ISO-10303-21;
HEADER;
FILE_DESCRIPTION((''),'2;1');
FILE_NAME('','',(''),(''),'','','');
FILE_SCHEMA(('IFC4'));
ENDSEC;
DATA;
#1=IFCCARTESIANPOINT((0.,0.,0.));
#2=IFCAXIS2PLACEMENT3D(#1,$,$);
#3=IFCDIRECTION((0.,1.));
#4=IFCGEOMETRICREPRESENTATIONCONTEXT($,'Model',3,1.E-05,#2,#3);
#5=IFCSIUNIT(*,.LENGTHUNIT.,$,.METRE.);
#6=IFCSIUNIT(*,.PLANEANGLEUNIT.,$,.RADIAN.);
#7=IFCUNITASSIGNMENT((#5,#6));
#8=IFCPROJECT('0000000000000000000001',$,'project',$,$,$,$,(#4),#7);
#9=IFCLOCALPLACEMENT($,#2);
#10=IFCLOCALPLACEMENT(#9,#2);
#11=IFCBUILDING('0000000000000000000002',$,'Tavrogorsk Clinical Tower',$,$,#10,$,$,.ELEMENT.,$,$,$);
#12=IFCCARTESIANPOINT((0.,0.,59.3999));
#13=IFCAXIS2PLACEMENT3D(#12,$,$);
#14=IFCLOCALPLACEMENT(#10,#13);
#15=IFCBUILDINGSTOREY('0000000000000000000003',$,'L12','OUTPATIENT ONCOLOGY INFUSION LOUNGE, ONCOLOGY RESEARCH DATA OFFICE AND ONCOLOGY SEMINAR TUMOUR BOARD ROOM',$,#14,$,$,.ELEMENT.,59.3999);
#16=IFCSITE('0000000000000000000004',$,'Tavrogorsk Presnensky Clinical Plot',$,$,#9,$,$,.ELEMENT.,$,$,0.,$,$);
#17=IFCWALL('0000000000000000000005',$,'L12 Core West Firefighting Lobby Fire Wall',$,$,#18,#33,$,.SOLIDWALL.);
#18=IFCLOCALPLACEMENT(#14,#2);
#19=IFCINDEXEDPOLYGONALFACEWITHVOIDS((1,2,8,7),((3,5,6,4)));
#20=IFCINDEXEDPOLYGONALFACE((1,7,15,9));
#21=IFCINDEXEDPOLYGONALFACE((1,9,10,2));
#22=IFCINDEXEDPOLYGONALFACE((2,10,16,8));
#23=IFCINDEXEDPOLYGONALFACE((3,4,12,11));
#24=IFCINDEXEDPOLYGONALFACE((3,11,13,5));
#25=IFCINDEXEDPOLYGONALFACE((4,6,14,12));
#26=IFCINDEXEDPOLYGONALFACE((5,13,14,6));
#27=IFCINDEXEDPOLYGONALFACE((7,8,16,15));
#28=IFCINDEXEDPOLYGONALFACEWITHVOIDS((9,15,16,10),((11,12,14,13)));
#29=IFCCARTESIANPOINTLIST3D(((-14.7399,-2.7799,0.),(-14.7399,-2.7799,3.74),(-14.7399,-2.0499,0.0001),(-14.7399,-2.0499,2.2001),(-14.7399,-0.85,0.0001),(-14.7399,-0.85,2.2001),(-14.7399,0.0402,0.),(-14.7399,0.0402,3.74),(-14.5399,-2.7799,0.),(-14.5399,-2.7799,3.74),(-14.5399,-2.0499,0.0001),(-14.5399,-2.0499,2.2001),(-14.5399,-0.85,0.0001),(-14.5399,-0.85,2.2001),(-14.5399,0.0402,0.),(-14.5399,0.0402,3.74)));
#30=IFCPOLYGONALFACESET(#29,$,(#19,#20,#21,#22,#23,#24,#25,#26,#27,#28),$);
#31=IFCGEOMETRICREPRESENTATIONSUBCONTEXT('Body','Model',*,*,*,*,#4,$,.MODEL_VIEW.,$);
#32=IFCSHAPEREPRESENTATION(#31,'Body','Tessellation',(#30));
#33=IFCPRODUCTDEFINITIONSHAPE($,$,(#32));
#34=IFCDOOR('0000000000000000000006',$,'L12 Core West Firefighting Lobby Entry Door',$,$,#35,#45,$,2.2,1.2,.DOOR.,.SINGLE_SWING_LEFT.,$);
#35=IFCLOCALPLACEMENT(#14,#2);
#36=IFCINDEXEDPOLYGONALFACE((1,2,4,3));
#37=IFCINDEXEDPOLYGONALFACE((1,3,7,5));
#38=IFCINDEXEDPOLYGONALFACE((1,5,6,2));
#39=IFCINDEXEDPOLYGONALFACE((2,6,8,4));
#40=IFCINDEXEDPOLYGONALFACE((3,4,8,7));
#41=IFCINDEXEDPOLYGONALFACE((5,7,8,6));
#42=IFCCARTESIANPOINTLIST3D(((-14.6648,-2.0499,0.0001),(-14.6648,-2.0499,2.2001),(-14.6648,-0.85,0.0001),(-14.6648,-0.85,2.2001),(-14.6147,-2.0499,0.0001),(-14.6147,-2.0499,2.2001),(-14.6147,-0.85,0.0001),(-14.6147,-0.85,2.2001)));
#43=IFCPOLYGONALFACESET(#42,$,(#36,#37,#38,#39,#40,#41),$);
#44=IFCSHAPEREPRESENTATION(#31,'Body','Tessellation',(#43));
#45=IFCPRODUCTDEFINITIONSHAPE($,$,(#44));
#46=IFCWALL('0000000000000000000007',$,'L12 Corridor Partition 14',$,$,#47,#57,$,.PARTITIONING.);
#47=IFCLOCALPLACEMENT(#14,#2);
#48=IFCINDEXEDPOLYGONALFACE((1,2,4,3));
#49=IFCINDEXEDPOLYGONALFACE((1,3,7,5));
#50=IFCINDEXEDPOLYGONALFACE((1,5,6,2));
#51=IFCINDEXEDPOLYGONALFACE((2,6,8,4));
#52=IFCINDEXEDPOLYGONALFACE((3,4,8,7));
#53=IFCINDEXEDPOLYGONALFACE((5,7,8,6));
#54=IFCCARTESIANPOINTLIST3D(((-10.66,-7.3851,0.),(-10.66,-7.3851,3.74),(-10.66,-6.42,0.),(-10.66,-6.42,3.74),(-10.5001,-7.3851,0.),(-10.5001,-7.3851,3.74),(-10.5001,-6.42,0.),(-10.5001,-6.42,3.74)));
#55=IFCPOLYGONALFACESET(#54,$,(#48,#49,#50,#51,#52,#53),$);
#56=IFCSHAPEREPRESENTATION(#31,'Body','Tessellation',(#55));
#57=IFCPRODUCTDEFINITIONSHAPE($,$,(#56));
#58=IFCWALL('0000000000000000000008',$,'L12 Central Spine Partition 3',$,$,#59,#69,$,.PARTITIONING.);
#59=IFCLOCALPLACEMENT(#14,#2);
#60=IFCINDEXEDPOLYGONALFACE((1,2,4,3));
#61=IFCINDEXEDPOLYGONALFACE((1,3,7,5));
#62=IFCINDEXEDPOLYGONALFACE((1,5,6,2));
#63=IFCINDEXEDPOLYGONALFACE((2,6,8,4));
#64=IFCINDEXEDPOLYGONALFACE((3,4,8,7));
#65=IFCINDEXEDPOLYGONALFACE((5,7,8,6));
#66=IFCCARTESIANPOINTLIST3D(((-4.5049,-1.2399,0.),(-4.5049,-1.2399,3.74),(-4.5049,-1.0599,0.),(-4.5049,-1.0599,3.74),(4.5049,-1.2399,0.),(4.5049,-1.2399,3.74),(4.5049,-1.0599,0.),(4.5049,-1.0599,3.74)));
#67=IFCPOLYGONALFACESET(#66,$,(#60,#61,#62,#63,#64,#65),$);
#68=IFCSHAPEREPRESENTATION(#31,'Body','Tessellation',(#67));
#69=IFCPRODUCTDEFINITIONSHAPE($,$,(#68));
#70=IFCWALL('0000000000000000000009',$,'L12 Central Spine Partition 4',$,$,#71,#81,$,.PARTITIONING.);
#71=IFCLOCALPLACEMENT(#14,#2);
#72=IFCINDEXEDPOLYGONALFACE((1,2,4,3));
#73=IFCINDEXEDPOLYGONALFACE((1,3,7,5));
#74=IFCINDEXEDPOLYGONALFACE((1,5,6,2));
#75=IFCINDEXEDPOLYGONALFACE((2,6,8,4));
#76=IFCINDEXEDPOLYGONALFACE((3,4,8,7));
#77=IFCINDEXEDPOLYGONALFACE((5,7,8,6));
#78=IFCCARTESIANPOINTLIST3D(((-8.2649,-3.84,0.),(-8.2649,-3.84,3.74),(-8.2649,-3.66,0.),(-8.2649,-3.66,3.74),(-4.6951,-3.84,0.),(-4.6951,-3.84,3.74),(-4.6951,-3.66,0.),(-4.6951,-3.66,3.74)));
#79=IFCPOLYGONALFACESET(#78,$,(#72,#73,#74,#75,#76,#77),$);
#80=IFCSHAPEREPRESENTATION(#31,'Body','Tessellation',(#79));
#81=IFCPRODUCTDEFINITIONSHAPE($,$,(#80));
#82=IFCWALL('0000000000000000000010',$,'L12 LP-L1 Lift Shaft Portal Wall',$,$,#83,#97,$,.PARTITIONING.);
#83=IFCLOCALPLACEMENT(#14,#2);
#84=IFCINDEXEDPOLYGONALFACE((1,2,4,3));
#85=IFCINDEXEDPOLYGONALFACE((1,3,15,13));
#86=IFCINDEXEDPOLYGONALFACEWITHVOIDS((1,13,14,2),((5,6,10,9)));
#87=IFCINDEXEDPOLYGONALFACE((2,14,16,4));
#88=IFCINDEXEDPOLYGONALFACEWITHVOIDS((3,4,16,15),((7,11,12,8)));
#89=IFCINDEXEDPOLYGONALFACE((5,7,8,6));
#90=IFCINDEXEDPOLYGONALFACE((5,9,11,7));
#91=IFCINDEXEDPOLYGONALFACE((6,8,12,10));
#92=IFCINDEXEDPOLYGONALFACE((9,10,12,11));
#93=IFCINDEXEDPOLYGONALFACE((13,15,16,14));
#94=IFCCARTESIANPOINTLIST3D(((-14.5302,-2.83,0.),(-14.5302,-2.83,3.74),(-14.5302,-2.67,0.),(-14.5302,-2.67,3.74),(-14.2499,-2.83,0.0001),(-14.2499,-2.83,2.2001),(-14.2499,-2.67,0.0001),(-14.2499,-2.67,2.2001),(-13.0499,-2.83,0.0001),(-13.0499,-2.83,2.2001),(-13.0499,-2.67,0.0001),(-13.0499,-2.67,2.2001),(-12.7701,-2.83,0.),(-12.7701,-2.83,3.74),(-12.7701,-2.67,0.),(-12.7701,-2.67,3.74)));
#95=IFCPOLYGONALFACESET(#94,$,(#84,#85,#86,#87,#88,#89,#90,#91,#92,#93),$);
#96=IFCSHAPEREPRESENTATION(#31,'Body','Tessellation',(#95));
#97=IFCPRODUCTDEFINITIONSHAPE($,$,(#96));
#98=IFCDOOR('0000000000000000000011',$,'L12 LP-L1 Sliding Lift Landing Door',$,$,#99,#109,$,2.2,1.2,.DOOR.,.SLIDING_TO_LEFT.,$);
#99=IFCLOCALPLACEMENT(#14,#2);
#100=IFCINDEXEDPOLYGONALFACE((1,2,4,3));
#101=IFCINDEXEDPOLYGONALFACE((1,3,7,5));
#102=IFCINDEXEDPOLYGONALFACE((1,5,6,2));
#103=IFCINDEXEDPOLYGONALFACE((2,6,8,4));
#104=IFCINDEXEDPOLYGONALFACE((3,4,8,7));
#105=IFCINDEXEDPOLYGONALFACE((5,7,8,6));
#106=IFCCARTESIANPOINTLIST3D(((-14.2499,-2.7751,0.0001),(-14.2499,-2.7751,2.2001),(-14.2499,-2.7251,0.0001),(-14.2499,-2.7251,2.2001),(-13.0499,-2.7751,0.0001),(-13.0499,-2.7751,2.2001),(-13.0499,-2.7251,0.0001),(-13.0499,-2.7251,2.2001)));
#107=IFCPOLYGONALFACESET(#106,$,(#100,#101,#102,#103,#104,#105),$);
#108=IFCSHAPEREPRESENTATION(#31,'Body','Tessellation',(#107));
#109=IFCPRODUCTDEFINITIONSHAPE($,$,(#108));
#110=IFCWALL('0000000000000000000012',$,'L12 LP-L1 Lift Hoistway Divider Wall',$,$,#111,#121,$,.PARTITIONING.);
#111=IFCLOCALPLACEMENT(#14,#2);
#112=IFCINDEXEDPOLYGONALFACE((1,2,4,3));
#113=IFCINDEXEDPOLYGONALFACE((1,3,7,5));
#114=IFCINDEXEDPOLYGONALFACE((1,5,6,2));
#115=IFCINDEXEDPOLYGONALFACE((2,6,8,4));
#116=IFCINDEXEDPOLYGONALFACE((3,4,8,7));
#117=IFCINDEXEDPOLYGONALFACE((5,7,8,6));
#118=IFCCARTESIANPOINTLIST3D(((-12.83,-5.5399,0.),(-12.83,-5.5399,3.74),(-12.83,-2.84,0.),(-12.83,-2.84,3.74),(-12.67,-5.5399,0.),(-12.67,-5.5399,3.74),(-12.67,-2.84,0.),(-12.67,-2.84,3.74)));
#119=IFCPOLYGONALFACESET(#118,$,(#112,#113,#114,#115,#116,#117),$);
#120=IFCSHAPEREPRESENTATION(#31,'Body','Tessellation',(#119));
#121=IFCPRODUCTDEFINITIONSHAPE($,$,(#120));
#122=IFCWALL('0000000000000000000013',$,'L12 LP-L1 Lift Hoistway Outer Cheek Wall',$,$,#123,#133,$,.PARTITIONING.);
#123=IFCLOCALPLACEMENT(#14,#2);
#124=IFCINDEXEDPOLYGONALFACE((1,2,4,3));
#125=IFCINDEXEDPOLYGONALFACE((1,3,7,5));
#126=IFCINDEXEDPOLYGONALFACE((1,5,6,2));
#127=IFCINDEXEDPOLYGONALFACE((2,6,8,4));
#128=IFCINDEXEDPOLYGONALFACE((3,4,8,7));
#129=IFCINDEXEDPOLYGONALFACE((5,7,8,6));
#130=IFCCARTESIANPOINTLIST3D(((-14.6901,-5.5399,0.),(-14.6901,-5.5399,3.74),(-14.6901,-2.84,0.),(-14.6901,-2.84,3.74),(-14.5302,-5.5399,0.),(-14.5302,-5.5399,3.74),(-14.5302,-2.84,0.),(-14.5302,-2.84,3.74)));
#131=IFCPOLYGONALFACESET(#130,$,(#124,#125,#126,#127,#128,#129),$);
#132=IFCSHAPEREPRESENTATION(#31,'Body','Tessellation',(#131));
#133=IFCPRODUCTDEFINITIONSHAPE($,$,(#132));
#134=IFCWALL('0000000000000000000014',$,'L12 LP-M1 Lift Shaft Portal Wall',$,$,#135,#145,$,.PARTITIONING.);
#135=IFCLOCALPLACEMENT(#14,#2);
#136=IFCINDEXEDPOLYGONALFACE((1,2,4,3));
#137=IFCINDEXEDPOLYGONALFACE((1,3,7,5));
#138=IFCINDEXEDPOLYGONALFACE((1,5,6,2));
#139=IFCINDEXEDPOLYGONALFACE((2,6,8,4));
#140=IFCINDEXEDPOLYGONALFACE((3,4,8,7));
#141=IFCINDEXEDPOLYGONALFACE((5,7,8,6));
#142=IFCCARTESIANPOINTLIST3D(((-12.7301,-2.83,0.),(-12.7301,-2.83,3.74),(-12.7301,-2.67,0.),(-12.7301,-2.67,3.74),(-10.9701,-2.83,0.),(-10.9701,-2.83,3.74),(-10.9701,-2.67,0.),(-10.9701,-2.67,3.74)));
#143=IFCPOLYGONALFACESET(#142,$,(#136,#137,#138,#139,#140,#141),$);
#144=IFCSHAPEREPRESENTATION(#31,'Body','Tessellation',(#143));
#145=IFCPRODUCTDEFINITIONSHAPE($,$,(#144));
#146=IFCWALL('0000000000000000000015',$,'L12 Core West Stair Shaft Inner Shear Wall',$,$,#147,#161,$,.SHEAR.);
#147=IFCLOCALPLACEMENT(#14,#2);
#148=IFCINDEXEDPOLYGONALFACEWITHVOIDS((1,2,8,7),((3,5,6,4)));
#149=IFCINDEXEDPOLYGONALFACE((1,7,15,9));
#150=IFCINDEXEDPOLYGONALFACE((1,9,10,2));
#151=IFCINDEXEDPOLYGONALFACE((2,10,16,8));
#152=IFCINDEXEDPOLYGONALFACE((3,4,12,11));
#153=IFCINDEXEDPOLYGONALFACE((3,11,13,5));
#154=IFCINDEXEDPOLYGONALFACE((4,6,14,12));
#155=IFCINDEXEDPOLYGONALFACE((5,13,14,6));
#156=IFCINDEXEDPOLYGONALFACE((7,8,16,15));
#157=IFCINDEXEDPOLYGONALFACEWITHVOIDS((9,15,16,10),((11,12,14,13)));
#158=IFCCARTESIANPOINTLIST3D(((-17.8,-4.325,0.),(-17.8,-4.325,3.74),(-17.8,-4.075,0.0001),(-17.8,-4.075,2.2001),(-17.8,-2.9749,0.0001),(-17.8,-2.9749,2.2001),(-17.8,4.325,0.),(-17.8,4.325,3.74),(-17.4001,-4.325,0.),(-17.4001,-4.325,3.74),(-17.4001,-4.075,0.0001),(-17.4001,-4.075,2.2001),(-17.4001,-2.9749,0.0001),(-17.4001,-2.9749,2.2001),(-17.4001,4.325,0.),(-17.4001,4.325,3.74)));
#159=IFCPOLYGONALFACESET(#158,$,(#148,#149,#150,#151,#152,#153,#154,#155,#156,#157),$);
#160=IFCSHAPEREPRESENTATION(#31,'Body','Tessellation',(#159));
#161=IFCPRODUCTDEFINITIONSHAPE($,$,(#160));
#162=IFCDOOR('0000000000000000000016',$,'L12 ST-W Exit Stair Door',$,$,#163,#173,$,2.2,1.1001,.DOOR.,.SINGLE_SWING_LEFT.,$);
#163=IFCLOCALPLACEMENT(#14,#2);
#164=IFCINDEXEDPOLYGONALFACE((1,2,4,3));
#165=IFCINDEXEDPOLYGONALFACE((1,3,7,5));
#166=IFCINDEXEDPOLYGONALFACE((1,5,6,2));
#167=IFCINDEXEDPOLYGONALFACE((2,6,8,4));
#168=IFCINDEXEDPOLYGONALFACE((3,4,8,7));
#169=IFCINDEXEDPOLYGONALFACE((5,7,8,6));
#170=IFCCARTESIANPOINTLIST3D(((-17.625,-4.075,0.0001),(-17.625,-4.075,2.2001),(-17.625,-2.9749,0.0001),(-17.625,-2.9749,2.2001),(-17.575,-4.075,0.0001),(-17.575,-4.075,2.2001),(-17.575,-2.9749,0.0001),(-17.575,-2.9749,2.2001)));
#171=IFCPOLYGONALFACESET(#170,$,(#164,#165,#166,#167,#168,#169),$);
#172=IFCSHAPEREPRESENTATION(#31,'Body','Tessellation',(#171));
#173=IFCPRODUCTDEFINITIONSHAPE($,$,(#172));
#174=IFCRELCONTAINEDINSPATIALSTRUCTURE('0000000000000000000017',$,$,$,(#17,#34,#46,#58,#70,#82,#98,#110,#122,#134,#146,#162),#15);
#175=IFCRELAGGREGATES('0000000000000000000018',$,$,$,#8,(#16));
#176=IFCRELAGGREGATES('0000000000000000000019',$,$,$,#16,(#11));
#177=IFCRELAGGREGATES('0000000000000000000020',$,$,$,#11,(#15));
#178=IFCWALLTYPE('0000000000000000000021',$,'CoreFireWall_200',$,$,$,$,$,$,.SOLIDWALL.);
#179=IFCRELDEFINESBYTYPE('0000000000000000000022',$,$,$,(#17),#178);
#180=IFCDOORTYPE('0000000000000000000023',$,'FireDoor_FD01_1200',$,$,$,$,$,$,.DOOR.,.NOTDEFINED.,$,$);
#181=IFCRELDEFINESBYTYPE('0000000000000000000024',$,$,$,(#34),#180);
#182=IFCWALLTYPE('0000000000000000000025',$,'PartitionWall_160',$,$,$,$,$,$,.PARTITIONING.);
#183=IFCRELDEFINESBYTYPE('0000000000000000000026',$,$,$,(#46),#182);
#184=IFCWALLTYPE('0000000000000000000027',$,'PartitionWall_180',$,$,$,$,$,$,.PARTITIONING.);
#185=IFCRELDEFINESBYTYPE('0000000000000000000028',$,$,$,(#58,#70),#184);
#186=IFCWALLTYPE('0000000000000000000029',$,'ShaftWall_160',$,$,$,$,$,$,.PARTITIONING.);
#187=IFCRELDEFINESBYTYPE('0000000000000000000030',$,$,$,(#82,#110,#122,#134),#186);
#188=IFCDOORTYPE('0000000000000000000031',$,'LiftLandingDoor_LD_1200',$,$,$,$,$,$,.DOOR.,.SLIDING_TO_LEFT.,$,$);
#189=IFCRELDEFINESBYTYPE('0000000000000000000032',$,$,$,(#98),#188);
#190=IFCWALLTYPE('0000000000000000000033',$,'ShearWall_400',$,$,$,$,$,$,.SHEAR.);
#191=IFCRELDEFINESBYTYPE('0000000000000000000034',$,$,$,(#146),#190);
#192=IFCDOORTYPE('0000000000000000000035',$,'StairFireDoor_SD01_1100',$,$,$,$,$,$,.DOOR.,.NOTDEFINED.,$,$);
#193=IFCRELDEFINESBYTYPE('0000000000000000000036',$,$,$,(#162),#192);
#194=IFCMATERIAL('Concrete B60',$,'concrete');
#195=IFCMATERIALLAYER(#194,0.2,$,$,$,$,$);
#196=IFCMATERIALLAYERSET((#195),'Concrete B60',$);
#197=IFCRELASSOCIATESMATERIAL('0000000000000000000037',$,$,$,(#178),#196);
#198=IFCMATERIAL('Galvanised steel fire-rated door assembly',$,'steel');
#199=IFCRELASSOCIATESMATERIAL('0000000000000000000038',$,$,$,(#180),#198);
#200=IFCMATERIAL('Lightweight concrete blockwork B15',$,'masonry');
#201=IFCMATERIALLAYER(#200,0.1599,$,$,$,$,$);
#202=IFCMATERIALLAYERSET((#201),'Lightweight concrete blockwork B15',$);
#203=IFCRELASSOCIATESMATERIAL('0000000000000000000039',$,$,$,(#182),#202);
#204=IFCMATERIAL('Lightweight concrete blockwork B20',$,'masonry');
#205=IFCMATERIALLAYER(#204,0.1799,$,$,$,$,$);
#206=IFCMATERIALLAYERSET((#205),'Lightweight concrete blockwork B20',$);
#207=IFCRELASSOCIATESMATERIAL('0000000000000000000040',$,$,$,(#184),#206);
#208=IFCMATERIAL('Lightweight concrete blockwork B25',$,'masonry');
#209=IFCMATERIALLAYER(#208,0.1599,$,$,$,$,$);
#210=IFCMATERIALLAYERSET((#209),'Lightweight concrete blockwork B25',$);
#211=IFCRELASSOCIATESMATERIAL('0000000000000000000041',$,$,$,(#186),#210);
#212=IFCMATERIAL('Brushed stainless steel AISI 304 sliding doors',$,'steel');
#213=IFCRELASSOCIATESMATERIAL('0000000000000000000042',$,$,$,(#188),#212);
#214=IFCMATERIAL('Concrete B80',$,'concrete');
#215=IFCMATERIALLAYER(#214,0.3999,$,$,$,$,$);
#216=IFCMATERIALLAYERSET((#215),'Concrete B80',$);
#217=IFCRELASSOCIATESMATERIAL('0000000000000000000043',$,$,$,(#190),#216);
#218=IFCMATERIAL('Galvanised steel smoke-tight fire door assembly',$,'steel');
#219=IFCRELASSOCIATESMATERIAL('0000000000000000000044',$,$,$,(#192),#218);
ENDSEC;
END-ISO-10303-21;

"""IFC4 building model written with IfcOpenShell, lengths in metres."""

from ifc_helpers import new_model, si_unit, direction, frame, frame_2d, origin, place, context, subcontext, project, spatial, rectangle, extrude, material, layer, layer_set, type_object, element, fill, save


model = new_model("IFC4")

# Units and contexts
model_context = context("Model", 3, precision=1e-05, world=origin(), true_north=direction((0.0, 1.0)))
body_context = subcontext(model_context, "Body", "Model", "MODEL_VIEW")
ifc_project = project(units=[si_unit("LENGTHUNIT", "METRE"), si_unit("PLANEANGLEUNIT", "RADIAN")], contexts=[model_context])

# Site, building, storey
site_placement = place(None, origin())
site = spatial("IfcSite", under=ifc_project, at=site_placement, Name="Tavrogorsk Presnensky Clinical Plot", CompositionType="ELEMENT", RefElevation=0.0)
building_placement = place(site_placement, origin())
building = spatial("IfcBuilding", under=site, at=building_placement, Name="Tavrogorsk Clinical Tower", CompositionType="ELEMENT")
storey_placement = place(building_placement, frame((0.0, 0.0, 59.3999)))
storey = spatial("IfcBuildingStorey", under=building, at=storey_placement, Name="L12", Description="OUTPATIENT ONCOLOGY INFUSION LOUNGE, ONCOLOGY RESEARCH DATA OFFICE AND ONCOLOGY SEMINAR TUMOUR BOARD ROOM", CompositionType="ELEMENT", Elevation=59.3999)

# Wall, opening, door
ifc_material_1 = material(Name="Concrete B60", Category="concrete")
ifc_layer_1 = layer(ifc_material_1, 0.2)
ifc_layer_set_1 = layer_set([ifc_layer_1], Name="Concrete B60")
wall_type_1 = type_object("IfcWallType", Name="CoreFireWall_200", PredefinedType="SOLIDWALL", material=ifc_layer_set_1)
wall_1_placement = place(storey_placement, frame((-14.6399, -2.78, 0.0), z_axis=(0.0, 0.0, 1.0), x_axis=(0.0, 1.0, 0.0)))
wall_1 = element("IfcWall", 1, at=wall_1_placement, inside=storey, type_object=wall_type_1, Name="L12 Core West Firefighting Lobby Fire Wall", PredefinedType="SOLIDWALL", context=body_context, shape_type="SweptSolid", body=[
    extrude(rectangle(XDim=2.8201, YDim=0.2, at=frame_2d((1.4102, 0.0))), origin(), (0.0, 0.0, 1.0), 3.74),
])
opening_1_placement = place(wall_1_placement, frame((0.73, 0.0, 0.0)))
opening_1 = element("IfcOpeningElement", 2, at=opening_1_placement, cuts=wall_1, PredefinedType="OPENING", context=body_context, shape_type="SweptSolid", body=[
    extrude(rectangle(XDim=1.2, YDim=2.2, at=frame_2d((0.6001, 1.1001))), frame((0.0, 0.1099, 0.0), z_axis=(0.0, -1.0, 0.0), x_axis=(1.0, 0.0, 0.0)), (0.0, 0.0, 1.0), 0.22),
])
ifc_material_2 = material(Name="Galvanised steel fire-rated door assembly", Category="steel")
door_type_1 = type_object("IfcDoorType", Name="FireDoor_FD01_1200", OperationType="NOTDEFINED", PredefinedType="DOOR", material=ifc_material_2)
door_1_placement = place(opening_1_placement, origin())
door_1 = element("IfcDoor", 3, at=door_1_placement, inside=storey, type_object=door_type_1, Name="L12 Core West Firefighting Lobby Entry Door", OperationType="SINGLE_SWING_LEFT", OverallHeight=2.2, OverallWidth=1.2, PredefinedType="DOOR", context=body_context, shape_type="SweptSolid", body=[
    extrude(rectangle(XDim=1.2, YDim=2.2, at=frame_2d((0.6001, 1.1001))), frame((0.0, 0.0249, 0.0), z_axis=(0.0, -1.0, 0.0), x_axis=(1.0, 0.0, 0.0)), (0.0, 0.0, 1.0), 0.05),
])
fill(opening_1, door_1)

# Walls
ifc_material_3 = material(Name="Lightweight concrete blockwork B15", Category="masonry")
ifc_layer_2 = layer(ifc_material_3, 0.1599)
ifc_layer_set_2 = layer_set([ifc_layer_2], Name="Lightweight concrete blockwork B15")
wall_type_2 = type_object("IfcWallType", Name="PartitionWall_160", PredefinedType="PARTITIONING", material=ifc_layer_set_2)
wall_2_placement = place(storey_placement, frame((-10.5801, -7.385, 0.0), z_axis=(0.0, 0.0, 1.0), x_axis=(0.0, 1.0, 0.0)))
element("IfcWall", 4, at=wall_2_placement, inside=storey, type_object=wall_type_2, Name="L12 Corridor Partition 14", PredefinedType="PARTITIONING", context=body_context, shape_type="SweptSolid", body=[
    extrude(rectangle(XDim=0.9651, YDim=0.1599, at=frame_2d((0.4824, 0.0))), origin(), (0.0, 0.0, 1.0), 3.74),
])
ifc_material_4 = material(Name="Lightweight concrete blockwork B20", Category="masonry")
ifc_layer_3 = layer(ifc_material_4, 0.1799)
ifc_layer_set_3 = layer_set([ifc_layer_3], Name="Lightweight concrete blockwork B20")
wall_type_3 = type_object("IfcWallType", Name="PartitionWall_180", PredefinedType="PARTITIONING", material=ifc_layer_set_3)
wall_3_placement = place(storey_placement, frame((-4.5049, -1.1499, 0.0), z_axis=(0.0, 0.0, 1.0), x_axis=(1.0, 0.0, 0.0)))
element("IfcWall", 5, at=wall_3_placement, inside=storey, type_object=wall_type_3, Name="L12 Central Spine Partition 3", PredefinedType="PARTITIONING", context=body_context, shape_type="SweptSolid", body=[
    extrude(rectangle(XDim=9.0098, YDim=0.1799, at=frame_2d((4.5049, 0.0))), origin(), (0.0, 0.0, 1.0), 3.74),
])
wall_4_placement = place(storey_placement, frame((-8.2649, -3.75, 0.0), z_axis=(0.0, 0.0, 1.0), x_axis=(1.0, 0.0, 0.0)))
element("IfcWall", 6, at=wall_4_placement, inside=storey, type_object=wall_type_3, Name="L12 Central Spine Partition 4", PredefinedType="PARTITIONING", context=body_context, shape_type="SweptSolid", body=[
    extrude(rectangle(XDim=3.5698, YDim=0.1799, at=frame_2d((1.7849, 0.0))), origin(), (0.0, 0.0, 1.0), 3.74),
])

# Wall, opening, door
ifc_material_5 = material(Name="Lightweight concrete blockwork B25", Category="masonry")
ifc_layer_4 = layer(ifc_material_5, 0.1599)
ifc_layer_set_4 = layer_set([ifc_layer_4], Name="Lightweight concrete blockwork B25")
wall_type_4 = type_object("IfcWallType", Name="ShaftWall_160", PredefinedType="PARTITIONING", material=ifc_layer_set_4)
wall_5_placement = place(storey_placement, frame((-14.53, -2.75, 0.0), z_axis=(0.0, 0.0, 1.0), x_axis=(1.0, 0.0, 0.0)))
wall_5 = element("IfcWall", 7, at=wall_5_placement, inside=storey, type_object=wall_type_4, Name="L12 LP-L1 Lift Shaft Portal Wall", PredefinedType="PARTITIONING", context=body_context, shape_type="SweptSolid", body=[
    extrude(rectangle(XDim=1.76, YDim=0.1599, at=frame_2d((0.8799, 0.0))), origin(), (0.0, 0.0, 1.0), 3.74),
])
opening_2_placement = place(wall_5_placement, frame((0.28, 0.0, 0.0)))
opening_2 = element("IfcOpeningElement", 8, at=opening_2_placement, cuts=wall_5, PredefinedType="OPENING", context=body_context, shape_type="SweptSolid", body=[
    extrude(rectangle(XDim=1.2, YDim=2.2, at=frame_2d((0.6001, 1.1001))), frame((0.0, 0.0898, 0.0), z_axis=(0.0, -1.0, 0.0), x_axis=(1.0, 0.0, 0.0)), (0.0, 0.0, 1.0), 0.1799),
])
ifc_material_6 = material(Name="Brushed stainless steel AISI 304 sliding doors", Category="steel")
door_type_2 = type_object("IfcDoorType", Name="LiftLandingDoor_LD_1200", OperationType="SLIDING_TO_LEFT", PredefinedType="DOOR", material=ifc_material_6)
door_2_placement = place(opening_2_placement, origin())
door_2 = element("IfcDoor", 9, at=door_2_placement, inside=storey, type_object=door_type_2, Name="L12 LP-L1 Sliding Lift Landing Door", OperationType="SLIDING_TO_LEFT", OverallHeight=2.2, OverallWidth=1.2, PredefinedType="DOOR", context=body_context, shape_type="SweptSolid", body=[
    extrude(rectangle(XDim=1.2, YDim=2.2, at=frame_2d((0.6001, 1.1001))), frame((0.0, 0.0249, 0.0), z_axis=(0.0, -1.0, 0.0), x_axis=(1.0, 0.0, 0.0)), (0.0, 0.0, 1.0), 0.05),
])
fill(opening_2, door_2)

# Walls
for number, where, z_axis, x_axis, name in (
    (10, (-12.75, -5.54, 0.0), (0.0, 0.0, 1.0), (0.0, 1.0, 0.0), "L12 LP-L1 Lift Hoistway Divider Wall"),
    (11, (-14.6101, -5.54, 0.0), (0.0, 0.0, 1.0), (0.0, 1.0, 0.0), "L12 LP-L1 Lift Hoistway Outer Cheek Wall"),
):
    element("IfcWall", number, at=place(storey_placement, frame(where, z_axis=z_axis, x_axis=x_axis)), inside=storey, type_object=wall_type_4, Name=name, PredefinedType="PARTITIONING", context=body_context, shape_type="SweptSolid", body=[
        extrude(rectangle(XDim=2.7, YDim=0.1599, at=frame_2d((1.3501, 0.0))), origin(), (0.0, 0.0, 1.0), 3.74),
    ])
wall_6_placement = place(storey_placement, frame((-12.73, -2.75, 0.0), z_axis=(0.0, 0.0, 1.0), x_axis=(1.0, 0.0, 0.0)))
element("IfcWall", 12, at=wall_6_placement, inside=storey, type_object=wall_type_4, Name="L12 LP-M1 Lift Shaft Portal Wall", PredefinedType="PARTITIONING", context=body_context, shape_type="SweptSolid", body=[
    extrude(rectangle(XDim=1.76, YDim=0.1599, at=frame_2d((0.8799, 0.0))), origin(), (0.0, 0.0, 1.0), 3.74),
])

# Wall, opening, door
ifc_material_7 = material(Name="Concrete B80", Category="concrete")
ifc_layer_5 = layer(ifc_material_7, 0.3999)
ifc_layer_set_5 = layer_set([ifc_layer_5], Name="Concrete B80")
wall_type_5 = type_object("IfcWallType", Name="ShearWall_400", PredefinedType="SHEAR", material=ifc_layer_set_5)
wall_7_placement = place(storey_placement, frame((-17.6001, -4.325, 0.0), z_axis=(0.0, 0.0, 1.0), x_axis=(0.0, 1.0, 0.0)))
wall_7 = element("IfcWall", 13, at=wall_7_placement, inside=storey, type_object=wall_type_5, Name="L12 Core West Stair Shaft Inner Shear Wall", PredefinedType="SHEAR", context=body_context, shape_type="SweptSolid", body=[
    extrude(rectangle(XDim=8.6499, YDim=0.3999, at=frame_2d((4.325, 0.0))), origin(), (0.0, 0.0, 1.0), 3.74),
])
opening_3_placement = place(wall_7_placement, frame((0.25, 0.0, 0.0)))
opening_3 = element("IfcOpeningElement", 14, at=opening_3_placement, cuts=wall_7, PredefinedType="OPENING", context=body_context, shape_type="SweptSolid", body=[
    extrude(rectangle(XDim=1.1001, YDim=2.2, at=frame_2d((0.55, 1.1001))), frame((0.0, 0.21, 0.0), z_axis=(0.0, -1.0, 0.0), x_axis=(1.0, 0.0, 0.0)), (0.0, 0.0, 1.0), 0.4199),
])
ifc_material_8 = material(Name="Galvanised steel smoke-tight fire door assembly", Category="steel")
door_type_3 = type_object("IfcDoorType", Name="StairFireDoor_SD01_1100", OperationType="NOTDEFINED", PredefinedType="DOOR", material=ifc_material_8)
door_3_placement = place(opening_3_placement, origin())
door_3 = element("IfcDoor", 15, at=door_3_placement, inside=storey, type_object=door_type_3, Name="L12 ST-W Exit Stair Door", OperationType="SINGLE_SWING_LEFT", OverallHeight=2.2, OverallWidth=1.1001, PredefinedType="DOOR", context=body_context, shape_type="SweptSolid", body=[
    extrude(rectangle(XDim=1.1001, YDim=2.2, at=frame_2d((0.55, 1.1001))), frame((0.0, 0.0249, 0.0), z_axis=(0.0, -1.0, 0.0), x_axis=(1.0, 0.0, 0.0)), (0.0, 0.0, 1.0), 0.05),
])
fill(opening_3, door_3)

save(model, "model.ifc")
